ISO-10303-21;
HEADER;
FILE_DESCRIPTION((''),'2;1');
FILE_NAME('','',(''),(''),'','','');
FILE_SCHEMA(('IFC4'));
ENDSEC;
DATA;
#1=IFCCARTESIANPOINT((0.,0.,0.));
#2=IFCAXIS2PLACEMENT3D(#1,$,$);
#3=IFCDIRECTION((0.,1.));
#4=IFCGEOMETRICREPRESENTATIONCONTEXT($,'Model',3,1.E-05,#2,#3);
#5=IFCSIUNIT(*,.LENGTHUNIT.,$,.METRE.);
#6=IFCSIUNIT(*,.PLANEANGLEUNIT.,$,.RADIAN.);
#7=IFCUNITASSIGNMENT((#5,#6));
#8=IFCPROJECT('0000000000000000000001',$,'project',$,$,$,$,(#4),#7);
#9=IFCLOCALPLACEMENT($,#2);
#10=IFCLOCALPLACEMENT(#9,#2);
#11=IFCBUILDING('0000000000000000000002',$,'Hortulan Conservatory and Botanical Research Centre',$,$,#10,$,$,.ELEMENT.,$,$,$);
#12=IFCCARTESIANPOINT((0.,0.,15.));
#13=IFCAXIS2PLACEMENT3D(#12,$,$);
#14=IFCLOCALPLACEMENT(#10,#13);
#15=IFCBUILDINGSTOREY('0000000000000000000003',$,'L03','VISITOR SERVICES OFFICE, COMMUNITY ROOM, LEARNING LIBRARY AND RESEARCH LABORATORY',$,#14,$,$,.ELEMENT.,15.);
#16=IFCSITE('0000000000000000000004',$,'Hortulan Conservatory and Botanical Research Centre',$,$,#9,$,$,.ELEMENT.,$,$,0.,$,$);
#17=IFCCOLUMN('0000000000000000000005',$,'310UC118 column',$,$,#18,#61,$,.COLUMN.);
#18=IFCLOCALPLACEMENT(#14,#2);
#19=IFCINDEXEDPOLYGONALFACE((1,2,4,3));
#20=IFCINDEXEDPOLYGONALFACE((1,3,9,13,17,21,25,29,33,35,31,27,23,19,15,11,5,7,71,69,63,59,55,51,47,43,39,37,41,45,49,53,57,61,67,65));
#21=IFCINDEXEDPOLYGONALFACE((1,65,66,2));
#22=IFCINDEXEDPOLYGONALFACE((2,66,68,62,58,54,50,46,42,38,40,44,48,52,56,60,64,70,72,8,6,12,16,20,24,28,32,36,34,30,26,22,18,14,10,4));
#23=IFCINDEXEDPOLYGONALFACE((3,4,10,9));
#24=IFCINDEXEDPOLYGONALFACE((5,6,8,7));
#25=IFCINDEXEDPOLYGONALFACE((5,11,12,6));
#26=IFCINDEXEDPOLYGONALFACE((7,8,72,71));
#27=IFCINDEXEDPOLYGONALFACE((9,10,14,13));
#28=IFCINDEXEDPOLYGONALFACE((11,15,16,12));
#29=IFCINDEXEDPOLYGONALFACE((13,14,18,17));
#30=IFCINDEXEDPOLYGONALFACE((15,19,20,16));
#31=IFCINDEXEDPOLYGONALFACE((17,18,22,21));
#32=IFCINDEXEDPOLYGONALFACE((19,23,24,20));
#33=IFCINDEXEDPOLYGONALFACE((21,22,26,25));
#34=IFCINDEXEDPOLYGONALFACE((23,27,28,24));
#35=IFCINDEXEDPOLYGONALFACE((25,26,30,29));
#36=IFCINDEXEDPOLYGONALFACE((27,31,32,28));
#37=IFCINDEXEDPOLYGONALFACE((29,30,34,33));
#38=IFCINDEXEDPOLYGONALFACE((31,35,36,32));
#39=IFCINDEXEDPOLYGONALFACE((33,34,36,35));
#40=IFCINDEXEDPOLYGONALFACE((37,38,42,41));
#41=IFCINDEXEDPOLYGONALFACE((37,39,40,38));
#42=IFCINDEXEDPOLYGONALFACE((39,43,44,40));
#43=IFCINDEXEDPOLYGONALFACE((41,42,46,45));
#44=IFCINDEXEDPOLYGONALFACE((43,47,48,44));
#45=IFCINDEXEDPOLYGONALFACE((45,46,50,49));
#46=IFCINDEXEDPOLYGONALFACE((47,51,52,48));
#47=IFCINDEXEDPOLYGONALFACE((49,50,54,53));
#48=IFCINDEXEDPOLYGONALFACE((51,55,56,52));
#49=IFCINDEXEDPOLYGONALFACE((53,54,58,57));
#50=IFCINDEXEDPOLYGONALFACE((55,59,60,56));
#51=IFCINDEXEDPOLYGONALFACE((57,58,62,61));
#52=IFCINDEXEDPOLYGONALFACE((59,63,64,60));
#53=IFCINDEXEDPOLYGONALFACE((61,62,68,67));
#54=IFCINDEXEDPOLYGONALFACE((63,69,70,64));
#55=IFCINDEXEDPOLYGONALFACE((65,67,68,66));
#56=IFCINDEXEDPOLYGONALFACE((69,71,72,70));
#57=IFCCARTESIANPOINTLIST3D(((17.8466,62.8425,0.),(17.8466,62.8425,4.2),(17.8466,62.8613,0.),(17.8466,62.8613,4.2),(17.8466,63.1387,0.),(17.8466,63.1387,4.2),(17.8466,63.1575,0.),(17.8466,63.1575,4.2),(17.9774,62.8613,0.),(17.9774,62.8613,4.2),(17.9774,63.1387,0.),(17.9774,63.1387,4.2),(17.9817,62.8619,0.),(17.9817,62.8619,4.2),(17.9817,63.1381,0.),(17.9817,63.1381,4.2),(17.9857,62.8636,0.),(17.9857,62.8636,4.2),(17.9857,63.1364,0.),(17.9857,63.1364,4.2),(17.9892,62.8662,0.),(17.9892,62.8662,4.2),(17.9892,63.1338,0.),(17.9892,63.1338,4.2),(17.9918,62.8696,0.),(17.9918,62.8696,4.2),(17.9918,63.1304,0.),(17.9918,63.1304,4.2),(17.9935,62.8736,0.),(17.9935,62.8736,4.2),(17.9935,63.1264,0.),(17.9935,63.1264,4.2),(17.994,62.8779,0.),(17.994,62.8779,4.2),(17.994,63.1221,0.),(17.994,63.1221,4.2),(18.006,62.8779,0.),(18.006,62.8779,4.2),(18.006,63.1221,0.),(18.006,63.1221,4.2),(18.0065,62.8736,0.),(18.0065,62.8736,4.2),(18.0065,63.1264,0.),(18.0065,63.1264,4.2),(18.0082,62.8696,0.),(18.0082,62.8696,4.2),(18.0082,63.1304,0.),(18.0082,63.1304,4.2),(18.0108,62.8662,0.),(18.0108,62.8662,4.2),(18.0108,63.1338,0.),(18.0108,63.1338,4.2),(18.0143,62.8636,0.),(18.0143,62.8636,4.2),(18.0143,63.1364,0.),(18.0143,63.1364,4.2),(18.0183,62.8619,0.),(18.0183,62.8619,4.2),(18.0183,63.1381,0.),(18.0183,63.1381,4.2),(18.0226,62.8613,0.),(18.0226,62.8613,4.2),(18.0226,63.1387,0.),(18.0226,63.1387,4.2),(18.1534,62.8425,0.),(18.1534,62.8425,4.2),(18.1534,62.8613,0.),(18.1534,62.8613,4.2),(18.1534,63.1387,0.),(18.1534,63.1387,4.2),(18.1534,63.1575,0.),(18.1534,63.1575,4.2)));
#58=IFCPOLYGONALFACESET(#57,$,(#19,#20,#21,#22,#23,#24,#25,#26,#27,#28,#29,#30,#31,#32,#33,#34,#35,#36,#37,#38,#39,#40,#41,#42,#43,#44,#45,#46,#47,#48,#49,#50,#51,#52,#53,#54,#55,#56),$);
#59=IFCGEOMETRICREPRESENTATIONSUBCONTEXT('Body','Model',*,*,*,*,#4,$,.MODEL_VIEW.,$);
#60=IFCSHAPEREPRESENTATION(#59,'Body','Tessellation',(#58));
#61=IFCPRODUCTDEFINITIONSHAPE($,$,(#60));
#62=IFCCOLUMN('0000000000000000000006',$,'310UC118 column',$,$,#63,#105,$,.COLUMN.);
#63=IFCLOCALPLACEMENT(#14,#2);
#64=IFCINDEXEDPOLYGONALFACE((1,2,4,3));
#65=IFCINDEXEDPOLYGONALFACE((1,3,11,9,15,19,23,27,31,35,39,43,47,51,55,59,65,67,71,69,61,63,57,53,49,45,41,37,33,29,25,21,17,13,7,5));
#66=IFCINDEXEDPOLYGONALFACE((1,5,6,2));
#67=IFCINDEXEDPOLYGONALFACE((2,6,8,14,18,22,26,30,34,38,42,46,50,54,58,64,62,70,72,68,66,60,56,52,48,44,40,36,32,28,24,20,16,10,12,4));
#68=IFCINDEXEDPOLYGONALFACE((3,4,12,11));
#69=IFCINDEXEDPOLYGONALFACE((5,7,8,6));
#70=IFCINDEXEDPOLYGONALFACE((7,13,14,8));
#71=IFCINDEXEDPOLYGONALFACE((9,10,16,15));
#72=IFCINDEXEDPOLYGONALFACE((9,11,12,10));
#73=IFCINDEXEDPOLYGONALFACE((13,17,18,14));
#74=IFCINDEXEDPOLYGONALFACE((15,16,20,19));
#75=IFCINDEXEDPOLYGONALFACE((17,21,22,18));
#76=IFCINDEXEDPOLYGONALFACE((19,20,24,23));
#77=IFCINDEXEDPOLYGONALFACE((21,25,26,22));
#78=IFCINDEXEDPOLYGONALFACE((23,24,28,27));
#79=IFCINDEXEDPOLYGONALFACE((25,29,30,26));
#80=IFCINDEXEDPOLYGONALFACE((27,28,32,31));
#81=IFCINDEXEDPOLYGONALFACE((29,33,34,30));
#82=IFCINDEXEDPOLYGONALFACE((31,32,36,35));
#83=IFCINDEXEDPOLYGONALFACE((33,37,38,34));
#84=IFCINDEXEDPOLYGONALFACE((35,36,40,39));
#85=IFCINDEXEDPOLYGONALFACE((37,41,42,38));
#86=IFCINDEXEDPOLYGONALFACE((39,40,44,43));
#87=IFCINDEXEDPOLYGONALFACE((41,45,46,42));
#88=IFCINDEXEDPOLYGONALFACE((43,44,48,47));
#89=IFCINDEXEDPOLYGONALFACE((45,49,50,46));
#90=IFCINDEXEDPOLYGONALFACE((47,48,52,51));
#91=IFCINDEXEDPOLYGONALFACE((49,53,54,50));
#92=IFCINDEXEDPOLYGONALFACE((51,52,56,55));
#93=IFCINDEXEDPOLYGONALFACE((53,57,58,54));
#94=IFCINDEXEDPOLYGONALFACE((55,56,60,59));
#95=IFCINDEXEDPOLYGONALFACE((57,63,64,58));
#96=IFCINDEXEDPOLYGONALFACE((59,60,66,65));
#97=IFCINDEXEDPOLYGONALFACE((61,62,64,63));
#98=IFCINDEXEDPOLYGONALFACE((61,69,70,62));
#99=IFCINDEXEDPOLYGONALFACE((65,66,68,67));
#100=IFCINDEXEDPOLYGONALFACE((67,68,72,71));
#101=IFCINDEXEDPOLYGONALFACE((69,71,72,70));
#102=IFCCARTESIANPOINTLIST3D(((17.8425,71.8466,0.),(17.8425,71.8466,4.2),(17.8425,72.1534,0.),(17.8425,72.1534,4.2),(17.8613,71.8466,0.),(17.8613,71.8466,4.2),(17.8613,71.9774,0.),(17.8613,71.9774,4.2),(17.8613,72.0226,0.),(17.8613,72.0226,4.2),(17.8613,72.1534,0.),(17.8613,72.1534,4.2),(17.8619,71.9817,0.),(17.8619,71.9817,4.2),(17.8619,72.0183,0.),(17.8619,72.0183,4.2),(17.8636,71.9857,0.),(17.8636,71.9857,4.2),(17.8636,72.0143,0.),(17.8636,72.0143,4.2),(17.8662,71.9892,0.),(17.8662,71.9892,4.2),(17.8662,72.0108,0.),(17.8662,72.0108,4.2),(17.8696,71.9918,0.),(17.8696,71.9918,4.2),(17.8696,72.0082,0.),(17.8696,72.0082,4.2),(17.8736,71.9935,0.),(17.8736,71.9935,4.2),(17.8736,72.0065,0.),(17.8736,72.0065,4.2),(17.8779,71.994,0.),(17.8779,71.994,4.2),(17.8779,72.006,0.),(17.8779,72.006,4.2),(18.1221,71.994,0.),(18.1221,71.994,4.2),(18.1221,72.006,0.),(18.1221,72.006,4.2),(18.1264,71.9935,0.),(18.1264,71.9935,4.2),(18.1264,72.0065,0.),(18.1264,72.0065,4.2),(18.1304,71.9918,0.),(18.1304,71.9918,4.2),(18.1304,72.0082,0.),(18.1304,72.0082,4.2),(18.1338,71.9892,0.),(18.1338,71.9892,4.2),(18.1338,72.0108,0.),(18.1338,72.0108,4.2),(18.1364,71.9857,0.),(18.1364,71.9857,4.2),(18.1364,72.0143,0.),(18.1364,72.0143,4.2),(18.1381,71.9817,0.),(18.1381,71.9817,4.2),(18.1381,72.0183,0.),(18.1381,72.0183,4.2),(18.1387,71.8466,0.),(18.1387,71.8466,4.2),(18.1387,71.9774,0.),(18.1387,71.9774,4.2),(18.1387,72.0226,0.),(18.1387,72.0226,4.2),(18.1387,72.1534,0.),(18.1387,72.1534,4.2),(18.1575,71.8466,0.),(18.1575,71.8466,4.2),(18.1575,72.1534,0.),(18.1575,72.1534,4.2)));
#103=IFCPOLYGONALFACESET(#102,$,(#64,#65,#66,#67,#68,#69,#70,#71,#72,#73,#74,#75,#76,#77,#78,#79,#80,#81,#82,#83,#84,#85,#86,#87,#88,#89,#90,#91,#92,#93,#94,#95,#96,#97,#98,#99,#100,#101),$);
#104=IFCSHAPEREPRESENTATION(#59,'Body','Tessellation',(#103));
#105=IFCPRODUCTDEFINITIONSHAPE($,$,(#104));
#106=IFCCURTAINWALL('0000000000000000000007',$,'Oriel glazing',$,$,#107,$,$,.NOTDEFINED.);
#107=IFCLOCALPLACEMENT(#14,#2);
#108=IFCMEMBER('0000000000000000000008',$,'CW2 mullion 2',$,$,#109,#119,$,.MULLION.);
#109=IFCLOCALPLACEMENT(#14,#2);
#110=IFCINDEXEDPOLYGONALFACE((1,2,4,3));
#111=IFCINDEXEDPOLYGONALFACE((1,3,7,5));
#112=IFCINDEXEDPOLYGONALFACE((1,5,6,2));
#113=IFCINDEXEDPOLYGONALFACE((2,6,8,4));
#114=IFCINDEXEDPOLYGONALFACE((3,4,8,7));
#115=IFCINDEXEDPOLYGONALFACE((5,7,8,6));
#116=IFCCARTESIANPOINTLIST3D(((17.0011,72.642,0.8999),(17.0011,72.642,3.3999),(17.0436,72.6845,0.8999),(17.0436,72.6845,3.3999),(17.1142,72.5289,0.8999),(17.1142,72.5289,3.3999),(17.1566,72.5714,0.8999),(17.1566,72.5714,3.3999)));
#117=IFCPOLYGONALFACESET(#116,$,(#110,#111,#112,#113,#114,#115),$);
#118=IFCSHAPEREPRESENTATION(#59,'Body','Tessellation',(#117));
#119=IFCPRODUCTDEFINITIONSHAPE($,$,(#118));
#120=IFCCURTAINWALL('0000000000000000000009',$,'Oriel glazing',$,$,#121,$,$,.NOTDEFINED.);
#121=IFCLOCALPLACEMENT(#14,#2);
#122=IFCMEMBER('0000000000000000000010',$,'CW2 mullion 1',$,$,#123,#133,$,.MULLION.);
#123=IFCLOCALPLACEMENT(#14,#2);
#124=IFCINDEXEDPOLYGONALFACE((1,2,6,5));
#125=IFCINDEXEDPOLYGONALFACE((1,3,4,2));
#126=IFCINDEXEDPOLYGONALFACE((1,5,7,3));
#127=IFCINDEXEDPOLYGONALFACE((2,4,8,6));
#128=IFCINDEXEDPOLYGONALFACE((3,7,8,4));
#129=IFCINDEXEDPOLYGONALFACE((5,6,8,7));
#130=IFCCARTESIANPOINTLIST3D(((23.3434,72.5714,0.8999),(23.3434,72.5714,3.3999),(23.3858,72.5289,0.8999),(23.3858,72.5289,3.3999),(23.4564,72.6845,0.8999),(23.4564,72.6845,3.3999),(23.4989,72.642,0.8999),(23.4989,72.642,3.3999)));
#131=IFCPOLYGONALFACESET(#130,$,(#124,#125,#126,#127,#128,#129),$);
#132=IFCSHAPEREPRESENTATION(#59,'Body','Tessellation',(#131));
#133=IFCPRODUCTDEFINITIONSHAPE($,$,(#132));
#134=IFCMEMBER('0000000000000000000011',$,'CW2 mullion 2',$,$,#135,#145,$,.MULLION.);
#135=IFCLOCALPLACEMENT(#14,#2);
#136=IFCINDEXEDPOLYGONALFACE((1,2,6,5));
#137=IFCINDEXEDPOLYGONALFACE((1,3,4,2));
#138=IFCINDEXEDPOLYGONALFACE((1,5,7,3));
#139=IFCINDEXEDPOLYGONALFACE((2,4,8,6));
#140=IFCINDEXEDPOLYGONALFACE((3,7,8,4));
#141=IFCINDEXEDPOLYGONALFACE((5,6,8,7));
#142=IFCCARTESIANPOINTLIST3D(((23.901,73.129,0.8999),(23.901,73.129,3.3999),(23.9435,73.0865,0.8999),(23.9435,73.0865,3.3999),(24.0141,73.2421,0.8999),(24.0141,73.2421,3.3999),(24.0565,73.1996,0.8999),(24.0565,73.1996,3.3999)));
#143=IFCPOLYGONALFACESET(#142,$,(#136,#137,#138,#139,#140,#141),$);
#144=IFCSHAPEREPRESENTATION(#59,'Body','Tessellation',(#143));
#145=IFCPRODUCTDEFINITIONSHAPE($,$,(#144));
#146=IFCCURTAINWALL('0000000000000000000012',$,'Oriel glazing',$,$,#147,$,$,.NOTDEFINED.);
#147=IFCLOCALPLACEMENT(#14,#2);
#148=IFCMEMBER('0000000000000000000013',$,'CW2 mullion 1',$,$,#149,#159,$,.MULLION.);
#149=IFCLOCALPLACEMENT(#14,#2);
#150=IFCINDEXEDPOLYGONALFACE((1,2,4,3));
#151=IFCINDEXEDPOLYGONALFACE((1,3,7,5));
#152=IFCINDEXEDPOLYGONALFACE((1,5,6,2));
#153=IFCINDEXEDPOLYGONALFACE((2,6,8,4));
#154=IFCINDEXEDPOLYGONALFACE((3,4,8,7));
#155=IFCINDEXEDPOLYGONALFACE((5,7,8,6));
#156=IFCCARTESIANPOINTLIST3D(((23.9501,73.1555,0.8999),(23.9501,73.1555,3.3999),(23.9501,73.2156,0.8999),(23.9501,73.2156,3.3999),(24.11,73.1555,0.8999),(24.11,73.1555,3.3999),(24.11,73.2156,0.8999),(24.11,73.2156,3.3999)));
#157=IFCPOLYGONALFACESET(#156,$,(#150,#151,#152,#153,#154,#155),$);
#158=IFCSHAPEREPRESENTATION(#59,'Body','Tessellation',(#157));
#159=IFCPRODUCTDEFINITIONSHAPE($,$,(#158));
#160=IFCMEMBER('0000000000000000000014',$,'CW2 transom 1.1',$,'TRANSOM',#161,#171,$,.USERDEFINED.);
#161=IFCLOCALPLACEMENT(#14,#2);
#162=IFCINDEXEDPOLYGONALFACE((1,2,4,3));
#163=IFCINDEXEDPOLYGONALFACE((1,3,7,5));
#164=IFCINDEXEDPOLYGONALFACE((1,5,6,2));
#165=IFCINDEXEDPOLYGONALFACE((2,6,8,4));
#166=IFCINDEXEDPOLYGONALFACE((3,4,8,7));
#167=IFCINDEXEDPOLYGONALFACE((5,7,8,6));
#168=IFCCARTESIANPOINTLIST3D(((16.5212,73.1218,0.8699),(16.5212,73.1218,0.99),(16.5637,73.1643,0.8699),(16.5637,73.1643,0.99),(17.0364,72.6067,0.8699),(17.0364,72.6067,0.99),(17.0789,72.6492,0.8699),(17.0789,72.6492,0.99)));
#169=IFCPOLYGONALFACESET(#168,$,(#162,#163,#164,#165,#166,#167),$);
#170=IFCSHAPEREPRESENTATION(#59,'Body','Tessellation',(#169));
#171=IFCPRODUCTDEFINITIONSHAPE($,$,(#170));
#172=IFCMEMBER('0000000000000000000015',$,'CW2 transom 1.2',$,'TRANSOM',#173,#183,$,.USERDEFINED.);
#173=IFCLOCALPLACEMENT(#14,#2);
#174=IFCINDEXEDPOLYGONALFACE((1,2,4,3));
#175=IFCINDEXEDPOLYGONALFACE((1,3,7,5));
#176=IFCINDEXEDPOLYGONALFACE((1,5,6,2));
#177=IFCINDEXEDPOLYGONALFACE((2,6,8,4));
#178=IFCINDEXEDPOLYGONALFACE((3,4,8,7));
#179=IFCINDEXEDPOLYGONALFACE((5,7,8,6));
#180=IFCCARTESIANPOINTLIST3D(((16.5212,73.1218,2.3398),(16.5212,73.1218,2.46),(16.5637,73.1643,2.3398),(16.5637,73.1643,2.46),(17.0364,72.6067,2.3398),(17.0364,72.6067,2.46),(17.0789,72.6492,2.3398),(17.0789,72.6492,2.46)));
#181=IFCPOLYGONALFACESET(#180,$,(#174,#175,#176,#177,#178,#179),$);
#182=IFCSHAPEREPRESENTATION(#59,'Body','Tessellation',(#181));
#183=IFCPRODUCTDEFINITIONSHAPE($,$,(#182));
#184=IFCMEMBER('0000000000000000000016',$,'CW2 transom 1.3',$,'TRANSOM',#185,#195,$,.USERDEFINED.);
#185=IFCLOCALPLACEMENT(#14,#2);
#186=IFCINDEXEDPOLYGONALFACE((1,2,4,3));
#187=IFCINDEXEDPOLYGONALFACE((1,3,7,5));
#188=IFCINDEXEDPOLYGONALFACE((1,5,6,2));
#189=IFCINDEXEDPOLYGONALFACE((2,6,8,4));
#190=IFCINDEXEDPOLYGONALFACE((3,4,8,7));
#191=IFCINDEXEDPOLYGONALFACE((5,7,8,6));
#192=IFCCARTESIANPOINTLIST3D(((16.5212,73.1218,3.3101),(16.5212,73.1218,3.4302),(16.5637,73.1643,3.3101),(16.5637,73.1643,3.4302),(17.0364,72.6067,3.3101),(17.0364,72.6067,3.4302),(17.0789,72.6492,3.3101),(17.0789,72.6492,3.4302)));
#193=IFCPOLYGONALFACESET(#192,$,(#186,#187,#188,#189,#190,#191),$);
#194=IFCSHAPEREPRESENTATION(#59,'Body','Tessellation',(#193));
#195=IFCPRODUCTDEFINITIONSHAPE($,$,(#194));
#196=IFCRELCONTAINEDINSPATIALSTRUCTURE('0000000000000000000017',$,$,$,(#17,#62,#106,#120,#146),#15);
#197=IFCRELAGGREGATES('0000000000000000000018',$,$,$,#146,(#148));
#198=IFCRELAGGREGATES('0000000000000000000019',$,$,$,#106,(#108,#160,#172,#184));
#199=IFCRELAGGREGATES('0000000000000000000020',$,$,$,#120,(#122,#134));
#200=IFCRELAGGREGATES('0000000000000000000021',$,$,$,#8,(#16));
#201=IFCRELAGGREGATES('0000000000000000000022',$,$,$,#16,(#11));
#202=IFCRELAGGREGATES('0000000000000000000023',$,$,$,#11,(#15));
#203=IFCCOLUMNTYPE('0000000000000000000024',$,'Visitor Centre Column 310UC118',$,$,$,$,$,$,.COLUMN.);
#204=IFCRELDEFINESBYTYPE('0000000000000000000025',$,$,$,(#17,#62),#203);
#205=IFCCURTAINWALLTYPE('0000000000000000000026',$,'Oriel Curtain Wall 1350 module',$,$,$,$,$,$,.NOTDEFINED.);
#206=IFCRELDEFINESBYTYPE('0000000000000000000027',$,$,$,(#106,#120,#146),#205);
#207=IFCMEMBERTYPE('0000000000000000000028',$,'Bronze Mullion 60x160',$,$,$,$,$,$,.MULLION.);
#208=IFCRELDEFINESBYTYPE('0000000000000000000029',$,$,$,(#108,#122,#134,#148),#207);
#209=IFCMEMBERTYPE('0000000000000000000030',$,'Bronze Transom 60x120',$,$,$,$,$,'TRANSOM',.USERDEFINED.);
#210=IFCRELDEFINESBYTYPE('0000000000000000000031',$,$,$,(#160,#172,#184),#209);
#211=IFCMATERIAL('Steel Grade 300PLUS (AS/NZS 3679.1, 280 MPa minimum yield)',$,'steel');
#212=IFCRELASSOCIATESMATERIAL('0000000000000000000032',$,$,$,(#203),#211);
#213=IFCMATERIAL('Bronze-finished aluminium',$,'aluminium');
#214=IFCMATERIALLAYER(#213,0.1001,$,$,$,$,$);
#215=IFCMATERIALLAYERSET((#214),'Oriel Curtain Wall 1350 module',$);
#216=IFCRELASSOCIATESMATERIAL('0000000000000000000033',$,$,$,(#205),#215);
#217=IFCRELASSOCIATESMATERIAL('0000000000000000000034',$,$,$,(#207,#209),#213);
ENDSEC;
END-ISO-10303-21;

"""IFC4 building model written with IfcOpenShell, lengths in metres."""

from ifc_helpers import new_model, si_unit, direction, frame, origin, origin_2d, place, context, subcontext, project, spatial, rectangle, i_section, extrude, material, layer, layer_set, material_profile, profile_set, type_object, element, aggregate, save


model = new_model("IFC4")

# Units and contexts
model_context = context("Model", 3, precision=1e-05, world=origin(), true_north=direction((0.0, 1.0)))
body_context = subcontext(model_context, "Body", "Model", "MODEL_VIEW")
ifc_project = project(units=[si_unit("LENGTHUNIT", "METRE"), si_unit("PLANEANGLEUNIT", "RADIAN")], contexts=[model_context])

# Site, building, storey
site_placement = place(None, origin())
site = spatial("IfcSite", under=ifc_project, at=site_placement, Name="Hortulan Conservatory and Botanical Research Centre", CompositionType="ELEMENT", RefElevation=0.0)
building_placement = place(site_placement, origin())
building = spatial("IfcBuilding", under=site, at=building_placement, Name="Hortulan Conservatory and Botanical Research Centre", CompositionType="ELEMENT")
storey_placement = place(building_placement, frame((0.0, 0.0, 15.0)))
storey = spatial("IfcBuildingStorey", under=building, at=storey_placement, Name="L03", Description="VISITOR SERVICES OFFICE, COMMUNITY ROOM, LEARNING LIBRARY AND RESEARCH LABORATORY", CompositionType="ELEMENT", Elevation=15.0)

# Columns
ifc_material_1 = material(Name="Steel Grade 300PLUS (AS/NZS 3679.1, 280 MPa minimum yield)", Category="steel")
ifc_material_profile_1 = material_profile(ifc_material_1, i_section(OverallWidth=0.3069, OverallDepth=0.3149, WebThickness=0.012, FlangeThickness=0.0188, FilletRadius=0.0166, at=origin_2d()), Name="310UC118")
ifc_profile_set_1 = profile_set([ifc_material_profile_1], Name="Steel Grade 300PLUS (AS/NZS 3679.1, 280 MPa minimum yield)")
column_type = type_object("IfcColumnType", Name="Visitor Centre Column 310UC118", PredefinedType="COLUMN", material=ifc_profile_set_1)
for number, where, z_axis, x_axis, name in (
    (1, (18.0, 63.0, 0.0), (0.0, 0.0, 1.0), (1.0, 0.0, 0.0), "310UC118 column"),
    (2, (18.0, 72.0, 0.0), (0.0, 0.0, 1.0), (0.0, 1.0, 0.0), "310UC118 column"),
):
    element("IfcColumn", number, at=place(storey_placement, frame(where, z_axis=z_axis, x_axis=x_axis)), inside=storey, type_object=column_type, Name=name, PredefinedType="COLUMN", context=body_context, shape_type="SweptSolid", body=[
        extrude(i_section(OverallWidth=0.3069, OverallDepth=0.3149, WebThickness=0.012, FlangeThickness=0.0188, FilletRadius=0.0166, at=origin_2d()), origin(), (0.0, 0.0, 1.0), 4.2),
    ])

# Curtain wall, member
ifc_material_2 = material(Name="Bronze-finished aluminium", Category="aluminium")
ifc_layer_1 = layer(ifc_material_2, 0.1001)
ifc_layer_set_1 = layer_set([ifc_layer_1], Name="Oriel Curtain Wall 1350 module")
curtain_wall_type = type_object("IfcCurtainWallType", Name="Oriel Curtain Wall 1350 module", PredefinedType="NOTDEFINED", material=ifc_layer_set_1)
curtain_wall_1_placement = place(storey_placement, origin())
curtain_wall_1 = element("IfcCurtainWall", 3, at=curtain_wall_1_placement, inside=storey, type_object=curtain_wall_type, Name="Oriel glazing", PredefinedType="NOTDEFINED")
ifc_material_profile_2 = material_profile(ifc_material_2, rectangle(XDim=0.0601, YDim=0.1599, at=origin_2d()), Name="Bronze Mullion 60x160")
ifc_profile_set_2 = profile_set([ifc_material_profile_2], Name="Bronze-finished aluminium")
member_type_1 = type_object("IfcMemberType", Name="Bronze Mullion 60x160", PredefinedType="MULLION", material=ifc_profile_set_2)
member_1_placement = place(storey_placement, frame((17.0789, 72.6067, 0.8999), z_axis=(0.0, 0.0, 1.0), x_axis=(0.707107, 0.707107, 0.0)))
member_1 = element("IfcMember", 4, at=member_1_placement, type_object=member_type_1, Name="CW2 mullion 2", PredefinedType="MULLION", context=body_context, shape_type="SweptSolid", body=[
    extrude(rectangle(XDim=0.0601, YDim=0.1599, at=origin_2d()), origin(), (0.0, 0.0, 1.0), 2.5),
])

# Curtain wall, members
curtain_wall_2_placement = place(storey_placement, origin())
curtain_wall_2 = element("IfcCurtainWall", 5, at=curtain_wall_2_placement, inside=storey, type_object=curtain_wall_type, Name="Oriel glazing", PredefinedType="NOTDEFINED")
member_2_placement = place(storey_placement, frame((23.4211, 72.6067, 0.8999), z_axis=(0.0, 0.0, 1.0), x_axis=(-0.707107, 0.707107, 0.0)))
member_2 = element("IfcMember", 6, at=member_2_placement, type_object=member_type_1, Name="CW2 mullion 1", PredefinedType="MULLION", context=body_context, shape_type="SweptSolid", body=[
    extrude(rectangle(XDim=0.0601, YDim=0.1599, at=origin_2d()), origin(), (0.0, 0.0, 1.0), 2.5),
])
member_3_placement = place(storey_placement, frame((23.9788, 73.1643, 0.8999), z_axis=(0.0, 0.0, 1.0), x_axis=(-0.707107, 0.707107, 0.0)))
member_3 = element("IfcMember", 7, at=member_3_placement, type_object=member_type_1, Name="CW2 mullion 2", PredefinedType="MULLION", context=body_context, shape_type="SweptSolid", body=[
    extrude(rectangle(XDim=0.0601, YDim=0.1599, at=origin_2d()), origin(), (0.0, 0.0, 1.0), 2.5),
])

# Curtain wall, member
curtain_wall_3_placement = place(storey_placement, origin())
curtain_wall_3 = element("IfcCurtainWall", 8, at=curtain_wall_3_placement, inside=storey, type_object=curtain_wall_type, Name="Oriel glazing", PredefinedType="NOTDEFINED")
member_4_placement = place(storey_placement, frame((24.03, 73.1855, 0.8999), z_axis=(0.0, 0.0, 1.0), x_axis=(0.0, 1.0, 0.0)))
member_4 = element("IfcMember", 9, at=member_4_placement, type_object=member_type_1, Name="CW2 mullion 1", PredefinedType="MULLION", context=body_context, shape_type="SweptSolid", body=[
    extrude(rectangle(XDim=0.0601, YDim=0.1599, at=origin_2d()), origin(), (0.0, 0.0, 1.0), 2.5),
])
aggregate(curtain_wall_3, [member_4])

# Members
ifc_material_profile_3 = material_profile(ifc_material_2, rectangle(XDim=0.0601, YDim=0.1201, at=origin_2d()), Name="Bronze Transom 60x120")
ifc_profile_set_3 = profile_set([ifc_material_profile_3], Name="Bronze-finished aluminium")
member_type_2 = type_object("IfcMemberType", Name="Bronze Transom 60x120", ElementType="TRANSOM", PredefinedType="USERDEFINED", material=ifc_profile_set_3)
member_5_placement = place(storey_placement, frame((16.5425, 73.1431, 0.9299), z_axis=(0.707107, -0.707107, 0.0), x_axis=(0.707107, 0.707107, 0.0)))
member_5 = element("IfcMember", 10, at=member_5_placement, type_object=member_type_2, Name="CW2 transom 1.1", ObjectType="TRANSOM", PredefinedType="USERDEFINED", context=body_context, shape_type="SweptSolid", body=[
    extrude(rectangle(XDim=0.0601, YDim=0.1201, at=origin_2d()), origin(), (0.0, 0.0, 1.0), 0.7285),
])
member_6_placement = place(storey_placement, frame((16.5425, 73.1431, 2.3999), z_axis=(0.707107, -0.707107, 0.0), x_axis=(0.707107, 0.707107, 0.0)))
member_6 = element("IfcMember", 11, at=member_6_placement, type_object=member_type_2, Name="CW2 transom 1.2", ObjectType="TRANSOM", PredefinedType="USERDEFINED", context=body_context, shape_type="SweptSolid", body=[
    extrude(rectangle(XDim=0.0601, YDim=0.1201, at=origin_2d()), origin(), (0.0, 0.0, 1.0), 0.7285),
])
member_7_placement = place(storey_placement, frame((16.5425, 73.1431, 3.3701), z_axis=(0.707107, -0.707107, 0.0), x_axis=(0.707107, 0.707107, 0.0)))
member_7 = element("IfcMember", 12, at=member_7_placement, type_object=member_type_2, Name="CW2 transom 1.3", ObjectType="TRANSOM", PredefinedType="USERDEFINED", context=body_context, shape_type="SweptSolid", body=[
    extrude(rectangle(XDim=0.0601, YDim=0.1201, at=origin_2d()), origin(), (0.0, 0.0, 1.0), 0.7285),
])

aggregate(curtain_wall_1, [member_1, member_5, member_6, member_7])
aggregate(curtain_wall_2, [member_2, member_3])

save(model, "model.ifc")
